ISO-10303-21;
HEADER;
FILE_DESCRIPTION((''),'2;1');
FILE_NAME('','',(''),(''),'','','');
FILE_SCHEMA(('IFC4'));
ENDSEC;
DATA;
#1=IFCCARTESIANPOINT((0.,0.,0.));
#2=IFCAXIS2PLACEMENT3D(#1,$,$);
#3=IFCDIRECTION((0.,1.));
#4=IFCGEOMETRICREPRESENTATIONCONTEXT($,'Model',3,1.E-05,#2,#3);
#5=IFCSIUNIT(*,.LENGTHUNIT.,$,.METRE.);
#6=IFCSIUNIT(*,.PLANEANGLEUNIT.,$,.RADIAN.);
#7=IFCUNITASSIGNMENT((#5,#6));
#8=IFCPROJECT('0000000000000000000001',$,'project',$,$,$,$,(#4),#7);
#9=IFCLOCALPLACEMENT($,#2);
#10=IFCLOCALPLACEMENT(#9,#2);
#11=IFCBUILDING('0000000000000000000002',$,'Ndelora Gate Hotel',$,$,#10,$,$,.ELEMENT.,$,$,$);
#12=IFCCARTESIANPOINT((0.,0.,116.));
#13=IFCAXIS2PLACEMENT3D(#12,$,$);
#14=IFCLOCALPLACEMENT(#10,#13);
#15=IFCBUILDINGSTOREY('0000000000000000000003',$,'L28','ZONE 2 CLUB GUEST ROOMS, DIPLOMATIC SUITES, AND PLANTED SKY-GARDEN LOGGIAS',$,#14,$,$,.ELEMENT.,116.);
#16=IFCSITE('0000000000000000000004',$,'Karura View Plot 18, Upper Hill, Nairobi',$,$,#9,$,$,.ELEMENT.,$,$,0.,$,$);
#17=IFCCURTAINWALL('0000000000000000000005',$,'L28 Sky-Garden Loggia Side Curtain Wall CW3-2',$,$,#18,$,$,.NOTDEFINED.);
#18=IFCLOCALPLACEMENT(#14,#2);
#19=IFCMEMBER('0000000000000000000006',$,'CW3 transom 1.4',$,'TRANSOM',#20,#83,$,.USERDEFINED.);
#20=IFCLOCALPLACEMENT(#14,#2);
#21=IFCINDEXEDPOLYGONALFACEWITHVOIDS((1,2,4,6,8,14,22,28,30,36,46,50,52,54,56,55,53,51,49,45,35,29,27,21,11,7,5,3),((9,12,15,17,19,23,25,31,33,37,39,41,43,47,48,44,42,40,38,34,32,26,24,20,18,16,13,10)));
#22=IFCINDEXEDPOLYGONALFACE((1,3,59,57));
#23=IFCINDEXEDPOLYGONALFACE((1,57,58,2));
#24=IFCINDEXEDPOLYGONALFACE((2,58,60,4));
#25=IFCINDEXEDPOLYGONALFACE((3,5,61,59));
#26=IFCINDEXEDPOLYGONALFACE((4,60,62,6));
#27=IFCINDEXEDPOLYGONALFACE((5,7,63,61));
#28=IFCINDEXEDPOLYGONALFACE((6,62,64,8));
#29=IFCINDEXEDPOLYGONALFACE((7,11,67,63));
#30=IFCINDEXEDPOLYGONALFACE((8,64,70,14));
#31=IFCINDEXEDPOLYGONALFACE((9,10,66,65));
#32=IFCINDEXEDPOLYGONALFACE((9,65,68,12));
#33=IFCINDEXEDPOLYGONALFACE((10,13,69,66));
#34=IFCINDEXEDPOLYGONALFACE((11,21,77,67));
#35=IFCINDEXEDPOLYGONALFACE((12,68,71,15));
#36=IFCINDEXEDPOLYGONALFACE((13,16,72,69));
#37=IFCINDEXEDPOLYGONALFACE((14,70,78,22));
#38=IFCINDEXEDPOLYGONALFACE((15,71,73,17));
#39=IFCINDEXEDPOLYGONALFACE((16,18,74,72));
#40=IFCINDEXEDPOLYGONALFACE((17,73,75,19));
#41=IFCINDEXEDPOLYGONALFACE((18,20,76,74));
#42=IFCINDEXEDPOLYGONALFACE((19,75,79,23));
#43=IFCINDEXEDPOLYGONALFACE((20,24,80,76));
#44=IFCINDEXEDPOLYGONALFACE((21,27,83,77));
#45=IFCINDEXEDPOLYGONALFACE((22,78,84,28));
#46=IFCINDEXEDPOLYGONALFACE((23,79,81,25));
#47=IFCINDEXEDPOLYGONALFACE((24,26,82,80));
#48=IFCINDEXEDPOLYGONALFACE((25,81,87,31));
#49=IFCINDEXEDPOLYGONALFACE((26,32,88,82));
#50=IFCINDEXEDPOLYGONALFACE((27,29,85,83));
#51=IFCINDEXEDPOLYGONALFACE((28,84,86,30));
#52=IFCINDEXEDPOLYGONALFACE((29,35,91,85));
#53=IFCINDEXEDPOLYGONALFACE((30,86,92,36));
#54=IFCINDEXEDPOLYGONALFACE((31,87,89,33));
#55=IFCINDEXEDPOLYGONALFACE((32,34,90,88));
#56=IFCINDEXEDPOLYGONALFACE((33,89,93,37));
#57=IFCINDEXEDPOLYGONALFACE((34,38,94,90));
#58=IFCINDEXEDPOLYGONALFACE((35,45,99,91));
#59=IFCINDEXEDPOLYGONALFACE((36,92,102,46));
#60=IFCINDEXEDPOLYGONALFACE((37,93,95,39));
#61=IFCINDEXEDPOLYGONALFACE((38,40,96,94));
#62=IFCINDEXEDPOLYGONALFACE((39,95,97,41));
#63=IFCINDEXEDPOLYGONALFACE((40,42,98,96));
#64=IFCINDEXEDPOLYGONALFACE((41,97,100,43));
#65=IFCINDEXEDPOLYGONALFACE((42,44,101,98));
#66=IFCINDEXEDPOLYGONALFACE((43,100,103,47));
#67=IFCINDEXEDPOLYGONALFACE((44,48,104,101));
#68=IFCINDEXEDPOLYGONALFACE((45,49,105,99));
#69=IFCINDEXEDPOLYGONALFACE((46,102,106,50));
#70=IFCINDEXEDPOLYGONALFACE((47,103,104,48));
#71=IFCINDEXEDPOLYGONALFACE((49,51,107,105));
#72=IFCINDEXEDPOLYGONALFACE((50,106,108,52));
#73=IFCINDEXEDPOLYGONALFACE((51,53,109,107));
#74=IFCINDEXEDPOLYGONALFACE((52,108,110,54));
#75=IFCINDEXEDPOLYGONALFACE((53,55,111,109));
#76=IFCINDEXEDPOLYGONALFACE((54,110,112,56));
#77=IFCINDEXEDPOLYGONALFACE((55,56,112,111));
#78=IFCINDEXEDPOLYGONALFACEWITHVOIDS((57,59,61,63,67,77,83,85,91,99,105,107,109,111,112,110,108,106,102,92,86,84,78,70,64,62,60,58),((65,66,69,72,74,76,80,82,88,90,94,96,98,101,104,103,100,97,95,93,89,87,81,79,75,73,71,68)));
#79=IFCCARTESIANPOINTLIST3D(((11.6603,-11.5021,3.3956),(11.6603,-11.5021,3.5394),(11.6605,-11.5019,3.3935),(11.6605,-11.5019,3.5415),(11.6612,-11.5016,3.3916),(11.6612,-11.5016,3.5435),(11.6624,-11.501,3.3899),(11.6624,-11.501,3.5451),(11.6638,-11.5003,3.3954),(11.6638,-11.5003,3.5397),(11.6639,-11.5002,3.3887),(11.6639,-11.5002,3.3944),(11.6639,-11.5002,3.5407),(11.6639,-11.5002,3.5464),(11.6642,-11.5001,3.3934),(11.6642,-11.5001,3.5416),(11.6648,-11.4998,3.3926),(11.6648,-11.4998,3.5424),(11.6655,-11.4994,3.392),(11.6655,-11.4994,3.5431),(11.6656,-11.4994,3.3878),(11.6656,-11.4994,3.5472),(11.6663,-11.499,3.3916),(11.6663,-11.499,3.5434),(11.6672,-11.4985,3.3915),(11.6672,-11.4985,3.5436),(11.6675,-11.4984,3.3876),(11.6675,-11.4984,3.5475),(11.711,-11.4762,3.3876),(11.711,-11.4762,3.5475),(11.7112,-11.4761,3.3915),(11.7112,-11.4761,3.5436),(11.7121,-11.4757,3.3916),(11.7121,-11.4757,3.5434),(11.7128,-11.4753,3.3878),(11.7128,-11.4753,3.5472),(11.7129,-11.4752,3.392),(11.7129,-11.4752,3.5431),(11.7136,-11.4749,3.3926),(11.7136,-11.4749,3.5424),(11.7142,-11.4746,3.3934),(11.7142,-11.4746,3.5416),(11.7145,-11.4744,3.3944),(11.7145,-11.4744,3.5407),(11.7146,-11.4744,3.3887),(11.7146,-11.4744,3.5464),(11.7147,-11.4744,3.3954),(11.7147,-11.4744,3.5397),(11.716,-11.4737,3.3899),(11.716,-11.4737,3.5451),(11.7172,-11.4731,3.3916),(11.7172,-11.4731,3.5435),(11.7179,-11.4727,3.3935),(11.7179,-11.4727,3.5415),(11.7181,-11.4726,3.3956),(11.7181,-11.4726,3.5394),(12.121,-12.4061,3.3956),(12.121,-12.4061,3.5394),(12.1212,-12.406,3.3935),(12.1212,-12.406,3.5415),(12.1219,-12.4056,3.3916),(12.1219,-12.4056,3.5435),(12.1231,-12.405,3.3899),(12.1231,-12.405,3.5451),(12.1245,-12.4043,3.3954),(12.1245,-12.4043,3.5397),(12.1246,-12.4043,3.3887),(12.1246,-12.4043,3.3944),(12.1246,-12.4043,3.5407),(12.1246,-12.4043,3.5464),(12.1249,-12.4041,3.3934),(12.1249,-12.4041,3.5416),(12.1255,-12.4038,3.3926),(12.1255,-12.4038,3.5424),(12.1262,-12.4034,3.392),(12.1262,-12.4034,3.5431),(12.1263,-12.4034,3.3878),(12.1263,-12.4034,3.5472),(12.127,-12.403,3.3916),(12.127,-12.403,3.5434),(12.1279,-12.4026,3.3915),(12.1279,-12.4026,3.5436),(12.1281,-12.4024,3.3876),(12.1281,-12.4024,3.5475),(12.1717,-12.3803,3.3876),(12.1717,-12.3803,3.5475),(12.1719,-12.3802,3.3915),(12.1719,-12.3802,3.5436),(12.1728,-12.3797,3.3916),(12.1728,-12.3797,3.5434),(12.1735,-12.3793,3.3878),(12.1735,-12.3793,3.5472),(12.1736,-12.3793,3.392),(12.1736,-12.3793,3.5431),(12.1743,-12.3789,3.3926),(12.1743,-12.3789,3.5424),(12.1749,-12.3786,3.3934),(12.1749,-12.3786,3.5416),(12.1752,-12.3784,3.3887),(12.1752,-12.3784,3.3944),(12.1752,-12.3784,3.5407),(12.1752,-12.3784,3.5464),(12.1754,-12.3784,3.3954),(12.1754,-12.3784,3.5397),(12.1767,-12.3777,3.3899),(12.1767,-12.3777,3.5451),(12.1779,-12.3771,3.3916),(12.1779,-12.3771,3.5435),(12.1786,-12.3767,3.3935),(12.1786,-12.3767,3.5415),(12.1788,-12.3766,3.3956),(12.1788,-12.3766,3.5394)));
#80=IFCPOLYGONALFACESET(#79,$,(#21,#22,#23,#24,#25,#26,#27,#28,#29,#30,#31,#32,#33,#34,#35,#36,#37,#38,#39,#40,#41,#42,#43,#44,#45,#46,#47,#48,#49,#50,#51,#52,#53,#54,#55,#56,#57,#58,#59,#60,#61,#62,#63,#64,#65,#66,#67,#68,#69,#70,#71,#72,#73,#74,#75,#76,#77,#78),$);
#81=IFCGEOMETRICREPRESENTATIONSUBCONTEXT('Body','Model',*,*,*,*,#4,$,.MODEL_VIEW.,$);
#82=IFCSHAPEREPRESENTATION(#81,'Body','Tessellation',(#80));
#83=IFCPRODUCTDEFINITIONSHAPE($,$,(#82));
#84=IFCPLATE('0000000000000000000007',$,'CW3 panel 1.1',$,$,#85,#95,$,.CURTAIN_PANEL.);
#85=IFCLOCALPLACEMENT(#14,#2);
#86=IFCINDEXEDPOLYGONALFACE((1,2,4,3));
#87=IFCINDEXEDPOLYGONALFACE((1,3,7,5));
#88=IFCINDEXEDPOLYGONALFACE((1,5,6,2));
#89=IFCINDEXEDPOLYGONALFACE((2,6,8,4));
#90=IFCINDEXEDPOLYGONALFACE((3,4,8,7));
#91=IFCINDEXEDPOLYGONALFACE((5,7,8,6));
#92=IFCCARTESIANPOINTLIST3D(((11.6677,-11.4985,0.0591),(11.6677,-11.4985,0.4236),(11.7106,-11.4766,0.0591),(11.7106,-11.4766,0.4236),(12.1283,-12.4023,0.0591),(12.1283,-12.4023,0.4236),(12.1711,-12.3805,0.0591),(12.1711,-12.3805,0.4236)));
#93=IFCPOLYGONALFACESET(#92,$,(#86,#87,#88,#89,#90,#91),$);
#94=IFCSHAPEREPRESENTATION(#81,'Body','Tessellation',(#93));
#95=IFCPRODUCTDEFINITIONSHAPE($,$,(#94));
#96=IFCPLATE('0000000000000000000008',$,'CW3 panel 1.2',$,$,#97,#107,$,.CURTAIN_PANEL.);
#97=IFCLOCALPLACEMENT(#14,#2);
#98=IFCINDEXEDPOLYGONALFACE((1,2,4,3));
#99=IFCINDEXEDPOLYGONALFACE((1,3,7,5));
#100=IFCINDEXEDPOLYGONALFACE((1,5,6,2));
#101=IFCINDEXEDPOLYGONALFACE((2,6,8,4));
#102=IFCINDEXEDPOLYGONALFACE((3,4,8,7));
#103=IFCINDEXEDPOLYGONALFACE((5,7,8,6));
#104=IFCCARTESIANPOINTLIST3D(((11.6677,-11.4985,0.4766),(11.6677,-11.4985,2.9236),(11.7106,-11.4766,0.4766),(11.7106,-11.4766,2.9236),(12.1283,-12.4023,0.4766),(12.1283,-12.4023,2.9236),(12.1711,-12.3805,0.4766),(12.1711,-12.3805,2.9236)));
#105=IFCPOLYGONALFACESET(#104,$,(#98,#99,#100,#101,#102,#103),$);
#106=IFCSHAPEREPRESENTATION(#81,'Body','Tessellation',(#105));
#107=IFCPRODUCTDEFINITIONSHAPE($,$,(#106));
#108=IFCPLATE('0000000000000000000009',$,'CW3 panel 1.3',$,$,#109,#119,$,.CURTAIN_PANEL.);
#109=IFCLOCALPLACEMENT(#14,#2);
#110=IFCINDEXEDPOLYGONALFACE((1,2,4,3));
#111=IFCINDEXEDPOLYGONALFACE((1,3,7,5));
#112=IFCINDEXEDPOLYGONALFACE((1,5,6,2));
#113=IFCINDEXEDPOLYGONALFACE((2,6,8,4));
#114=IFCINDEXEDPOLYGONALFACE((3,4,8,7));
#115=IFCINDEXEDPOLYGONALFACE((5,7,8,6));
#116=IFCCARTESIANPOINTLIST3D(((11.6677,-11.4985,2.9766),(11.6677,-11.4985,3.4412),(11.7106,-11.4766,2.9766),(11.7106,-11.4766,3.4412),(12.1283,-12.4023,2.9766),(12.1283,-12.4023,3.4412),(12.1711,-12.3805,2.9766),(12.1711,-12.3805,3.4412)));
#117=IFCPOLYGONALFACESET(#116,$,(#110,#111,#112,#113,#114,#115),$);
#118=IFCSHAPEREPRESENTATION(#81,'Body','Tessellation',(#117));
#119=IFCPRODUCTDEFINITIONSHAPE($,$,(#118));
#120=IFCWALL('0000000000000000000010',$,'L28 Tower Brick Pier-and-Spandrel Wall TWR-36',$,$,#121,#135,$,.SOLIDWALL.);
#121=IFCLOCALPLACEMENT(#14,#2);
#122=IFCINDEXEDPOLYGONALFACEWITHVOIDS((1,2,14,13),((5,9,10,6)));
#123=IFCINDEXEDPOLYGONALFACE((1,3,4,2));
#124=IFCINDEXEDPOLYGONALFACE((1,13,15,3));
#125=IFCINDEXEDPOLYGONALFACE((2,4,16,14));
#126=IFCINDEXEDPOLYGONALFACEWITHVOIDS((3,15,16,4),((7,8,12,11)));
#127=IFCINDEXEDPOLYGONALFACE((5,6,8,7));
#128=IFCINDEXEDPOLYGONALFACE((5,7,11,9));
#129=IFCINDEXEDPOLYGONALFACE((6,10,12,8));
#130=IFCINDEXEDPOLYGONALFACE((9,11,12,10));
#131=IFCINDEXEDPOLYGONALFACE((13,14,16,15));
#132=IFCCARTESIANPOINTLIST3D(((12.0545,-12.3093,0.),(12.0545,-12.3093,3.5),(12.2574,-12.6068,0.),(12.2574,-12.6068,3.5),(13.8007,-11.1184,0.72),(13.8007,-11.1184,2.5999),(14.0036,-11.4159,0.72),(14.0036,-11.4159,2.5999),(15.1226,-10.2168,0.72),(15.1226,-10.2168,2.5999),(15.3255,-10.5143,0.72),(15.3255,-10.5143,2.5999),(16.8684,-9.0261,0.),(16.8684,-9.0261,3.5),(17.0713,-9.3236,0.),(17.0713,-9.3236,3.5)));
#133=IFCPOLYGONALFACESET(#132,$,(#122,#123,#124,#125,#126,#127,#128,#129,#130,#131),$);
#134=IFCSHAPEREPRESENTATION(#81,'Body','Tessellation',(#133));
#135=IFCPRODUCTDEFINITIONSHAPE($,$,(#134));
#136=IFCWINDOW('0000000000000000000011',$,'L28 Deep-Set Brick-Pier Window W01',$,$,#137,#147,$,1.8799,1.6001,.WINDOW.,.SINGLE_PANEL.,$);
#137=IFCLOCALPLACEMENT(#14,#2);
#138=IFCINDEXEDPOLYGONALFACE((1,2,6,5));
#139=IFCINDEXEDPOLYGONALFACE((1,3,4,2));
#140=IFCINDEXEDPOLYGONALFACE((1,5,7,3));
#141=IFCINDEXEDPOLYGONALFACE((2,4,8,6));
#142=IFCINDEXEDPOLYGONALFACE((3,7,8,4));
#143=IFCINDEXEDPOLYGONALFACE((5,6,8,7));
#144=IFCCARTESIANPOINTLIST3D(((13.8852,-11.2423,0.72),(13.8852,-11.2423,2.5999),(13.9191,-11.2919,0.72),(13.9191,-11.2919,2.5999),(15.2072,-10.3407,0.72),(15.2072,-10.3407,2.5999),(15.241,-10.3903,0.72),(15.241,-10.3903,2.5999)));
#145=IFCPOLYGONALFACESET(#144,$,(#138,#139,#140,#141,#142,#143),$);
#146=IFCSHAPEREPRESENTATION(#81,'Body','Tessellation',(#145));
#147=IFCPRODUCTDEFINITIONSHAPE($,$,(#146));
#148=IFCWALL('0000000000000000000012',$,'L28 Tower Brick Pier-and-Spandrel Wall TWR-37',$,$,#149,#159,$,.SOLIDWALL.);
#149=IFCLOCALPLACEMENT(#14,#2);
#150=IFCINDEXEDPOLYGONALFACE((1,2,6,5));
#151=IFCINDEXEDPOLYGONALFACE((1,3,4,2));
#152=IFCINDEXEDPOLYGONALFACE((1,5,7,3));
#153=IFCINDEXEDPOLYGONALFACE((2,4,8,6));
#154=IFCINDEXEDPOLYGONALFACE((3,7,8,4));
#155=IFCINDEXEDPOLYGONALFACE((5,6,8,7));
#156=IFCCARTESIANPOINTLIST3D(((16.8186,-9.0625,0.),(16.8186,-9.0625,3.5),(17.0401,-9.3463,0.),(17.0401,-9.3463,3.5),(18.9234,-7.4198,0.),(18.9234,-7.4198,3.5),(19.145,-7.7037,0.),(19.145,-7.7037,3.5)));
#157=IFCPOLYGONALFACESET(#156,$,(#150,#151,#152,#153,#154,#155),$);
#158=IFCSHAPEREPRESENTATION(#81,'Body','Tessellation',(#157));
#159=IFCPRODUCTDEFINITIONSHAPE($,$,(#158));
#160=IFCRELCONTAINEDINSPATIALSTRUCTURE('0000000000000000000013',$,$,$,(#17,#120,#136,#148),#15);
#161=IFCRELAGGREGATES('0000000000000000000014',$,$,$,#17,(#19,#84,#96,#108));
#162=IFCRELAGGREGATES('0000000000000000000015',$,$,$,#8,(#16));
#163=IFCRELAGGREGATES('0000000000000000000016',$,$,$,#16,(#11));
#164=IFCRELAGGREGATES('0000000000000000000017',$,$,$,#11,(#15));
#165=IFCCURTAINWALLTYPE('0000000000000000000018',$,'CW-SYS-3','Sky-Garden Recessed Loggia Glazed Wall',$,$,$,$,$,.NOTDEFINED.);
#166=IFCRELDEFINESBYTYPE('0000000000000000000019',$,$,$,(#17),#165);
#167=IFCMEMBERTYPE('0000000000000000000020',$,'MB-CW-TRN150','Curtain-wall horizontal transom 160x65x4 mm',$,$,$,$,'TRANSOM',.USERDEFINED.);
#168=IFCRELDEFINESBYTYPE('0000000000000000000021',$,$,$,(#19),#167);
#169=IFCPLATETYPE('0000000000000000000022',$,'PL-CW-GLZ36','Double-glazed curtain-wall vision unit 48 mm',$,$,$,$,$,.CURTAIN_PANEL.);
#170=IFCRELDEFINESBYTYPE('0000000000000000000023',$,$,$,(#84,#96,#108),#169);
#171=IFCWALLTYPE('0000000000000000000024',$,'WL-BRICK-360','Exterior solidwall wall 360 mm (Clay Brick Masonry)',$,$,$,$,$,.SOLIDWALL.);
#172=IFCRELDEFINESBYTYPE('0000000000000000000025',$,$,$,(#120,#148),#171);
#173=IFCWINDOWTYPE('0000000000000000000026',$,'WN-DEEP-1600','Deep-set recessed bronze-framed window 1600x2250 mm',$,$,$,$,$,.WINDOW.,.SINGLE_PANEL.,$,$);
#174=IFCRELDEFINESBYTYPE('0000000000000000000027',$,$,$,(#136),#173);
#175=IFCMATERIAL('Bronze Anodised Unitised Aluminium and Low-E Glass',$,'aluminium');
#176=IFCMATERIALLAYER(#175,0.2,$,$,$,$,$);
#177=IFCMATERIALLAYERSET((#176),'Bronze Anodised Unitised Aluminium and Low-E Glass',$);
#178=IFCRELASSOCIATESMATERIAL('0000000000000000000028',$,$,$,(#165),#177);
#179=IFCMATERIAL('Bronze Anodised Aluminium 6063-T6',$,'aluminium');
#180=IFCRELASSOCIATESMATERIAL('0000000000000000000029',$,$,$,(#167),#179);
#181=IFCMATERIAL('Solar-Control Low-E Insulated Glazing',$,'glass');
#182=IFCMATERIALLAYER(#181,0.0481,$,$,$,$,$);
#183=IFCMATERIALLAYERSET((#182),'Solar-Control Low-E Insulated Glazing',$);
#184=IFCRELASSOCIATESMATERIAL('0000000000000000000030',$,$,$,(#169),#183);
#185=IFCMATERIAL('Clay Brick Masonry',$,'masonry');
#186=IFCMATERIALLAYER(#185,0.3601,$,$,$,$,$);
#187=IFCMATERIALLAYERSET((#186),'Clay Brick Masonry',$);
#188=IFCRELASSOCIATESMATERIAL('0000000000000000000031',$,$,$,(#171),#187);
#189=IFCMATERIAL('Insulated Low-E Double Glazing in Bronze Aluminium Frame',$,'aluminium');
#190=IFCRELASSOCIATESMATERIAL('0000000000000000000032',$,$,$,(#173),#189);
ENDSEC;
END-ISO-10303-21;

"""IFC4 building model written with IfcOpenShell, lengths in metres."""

from ifc_helpers import new_model, si_unit, direction, frame, frame_2d, origin, origin_2d, place, context, subcontext, project, spatial, rectangle, hollow_rectangle, extrude, material, layer, layer_set, material_profile, profile_set, type_object, element, fill, aggregate, save


model = new_model("IFC4")

# Units and contexts
model_context = context("Model", 3, precision=1e-05, world=origin(), true_north=direction((0.0, 1.0)))
body_context = subcontext(model_context, "Body", "Model", "MODEL_VIEW")
ifc_project = project(units=[si_unit("LENGTHUNIT", "METRE"), si_unit("PLANEANGLEUNIT", "RADIAN")], contexts=[model_context])

# Site, building, storey
site_placement = place(None, origin())
site = spatial("IfcSite", under=ifc_project, at=site_placement, Name="Karura View Plot 18, Upper Hill, Nairobi", CompositionType="ELEMENT", RefElevation=0.0)
building_placement = place(site_placement, origin())
building = spatial("IfcBuilding", under=site, at=building_placement, Name="Ndelora Gate Hotel", CompositionType="ELEMENT")
storey_placement = place(building_placement, frame((0.0, 0.0, 116.0)))
storey = spatial("IfcBuildingStorey", under=building, at=storey_placement, Name="L28", Description="ZONE 2 CLUB GUEST ROOMS, DIPLOMATIC SUITES, AND PLANTED SKY-GARDEN LOGGIAS", CompositionType="ELEMENT", Elevation=116.0)

# Curtain wall, member, plates
ifc_material_1 = material(Name="Bronze Anodised Unitised Aluminium and Low-E Glass", Category="aluminium")
ifc_layer_1 = layer(ifc_material_1, 0.2)
ifc_layer_set_1 = layer_set([ifc_layer_1], Name="Bronze Anodised Unitised Aluminium and Low-E Glass")
curtain_wall_type = type_object("IfcCurtainWallType", Name="CW-SYS-3", Description="Sky-Garden Recessed Loggia Glazed Wall", PredefinedType="NOTDEFINED", material=ifc_layer_set_1)
curtain_wall_placement = place(storey_placement, origin())
curtain_wall = element("IfcCurtainWall", 1, at=curtain_wall_placement, inside=storey, type_object=curtain_wall_type, Name="L28 Sky-Garden Loggia Side Curtain Wall CW3-2", PredefinedType="NOTDEFINED")
ifc_material_2 = material(Name="Bronze Anodised Aluminium 6063-T6", Category="aluminium")
ifc_material_profile_1 = material_profile(ifc_material_2, hollow_rectangle(XDim=0.0649, YDim=0.1599, WallThickness=0.0039, InnerFilletRadius=0.0039, OuterFilletRadius=0.0081, at=origin_2d()), Name="ALU 160x65x4")
ifc_profile_set_1 = profile_set([ifc_material_profile_1], Name="Bronze Anodised Aluminium 6063-T6")
member_type_1 = type_object("IfcMemberType", Name="MB-CW-TRN150", Description="Curtain-wall horizontal transom 160x65x4 mm", ElementType="TRANSOM", PredefinedType="USERDEFINED", material=ifc_profile_set_1)
member_1_placement = place(storey_placement, frame((12.1499, -12.3914, 3.4675), z_axis=(-0.454034, 0.890984, 0.0), x_axis=(-0.890984, -0.454034, 0.0)))
member_1 = element("IfcMember", 2, at=member_1_placement, type_object=member_type_1, Name="CW3 transom 1.4", ObjectType="TRANSOM", PredefinedType="USERDEFINED", context=body_context, shape_type="SweptSolid", body=[
    extrude(hollow_rectangle(XDim=0.0649, YDim=0.1599, WallThickness=0.0039, InnerFilletRadius=0.0039, OuterFilletRadius=0.0081, at=origin_2d()), origin(), (0.0, 0.0, 1.0), 1.0146),
])
ifc_material_3 = material(Name="Solar-Control Low-E Insulated Glazing", Category="glass")
ifc_layer_2 = layer(ifc_material_3, 0.0481)
ifc_layer_set_2 = layer_set([ifc_layer_2], Name="Solar-Control Low-E Insulated Glazing")
plate_type = type_object("IfcPlateType", Name="PL-CW-GLZ36", Description="Double-glazed curtain-wall vision unit 48 mm", PredefinedType="CURTAIN_PANEL", material=ifc_layer_set_2)
plate_1_placement = place(storey_placement, frame((11.9194, -11.9395, 0.0591), z_axis=(0.0, 0.0, 1.0), x_axis=(-0.454001, 0.891001, 0.0)))
plate_1 = element("IfcPlate", 3, at=plate_1_placement, type_object=plate_type, Name="CW3 panel 1.1", PredefinedType="CURTAIN_PANEL", context=body_context, shape_type="SweptSolid", body=[
    extrude(rectangle(XDim=1.0144, YDim=0.0481, at=origin_2d()), origin(), (0.0, 0.0, 1.0), 0.3645),
])
plate_2_placement = place(storey_placement, frame((11.9194, -11.9395, 0.4766), z_axis=(0.0, 0.0, 1.0), x_axis=(-0.454001, 0.891001, 0.0)))
plate_2 = element("IfcPlate", 4, at=plate_2_placement, type_object=plate_type, Name="CW3 panel 1.2", PredefinedType="CURTAIN_PANEL", context=body_context, shape_type="SweptSolid", body=[
    extrude(rectangle(XDim=1.0144, YDim=0.0481, at=origin_2d()), origin(), (0.0, 0.0, 1.0), 2.447),
])
plate_3_placement = place(storey_placement, frame((11.9194, -11.9395, 2.9766), z_axis=(0.0, 0.0, 1.0), x_axis=(-0.454001, 0.891001, 0.0)))
plate_3 = element("IfcPlate", 5, at=plate_3_placement, type_object=plate_type, Name="CW3 panel 1.3", PredefinedType="CURTAIN_PANEL", context=body_context, shape_type="SweptSolid", body=[
    extrude(rectangle(XDim=1.0144, YDim=0.0481, at=origin_2d()), origin(), (0.0, 0.0, 1.0), 0.4646),
])
aggregate(curtain_wall, [member_1, plate_1, plate_2, plate_3])

# Wall, opening, window
ifc_material_4 = material(Name="Clay Brick Masonry", Category="masonry")
ifc_layer_3 = layer(ifc_material_4, 0.3601)
ifc_layer_set_3 = layer_set([ifc_layer_3], Name="Clay Brick Masonry")
wall_type = type_object("IfcWallType", Name="WL-BRICK-360", Description="Exterior solidwall wall 360 mm (Clay Brick Masonry)", PredefinedType="SOLIDWALL", material=ifc_layer_set_3)
wall_1_placement = place(storey_placement, frame((16.97, -9.1748, 0.0), z_axis=(0.0, 0.0, 1.0), x_axis=(-0.826151, -0.563449, 0.0)))
wall_1 = element("IfcWall", 6, at=wall_1_placement, inside=storey, type_object=wall_type, Name="L28 Tower Brick Pier-and-Spandrel Wall TWR-36", PredefinedType="SOLIDWALL", context=body_context, shape_type="SweptSolid", body=[
    extrude(rectangle(XDim=5.8269, YDim=0.3601, at=frame_2d((2.9136, 0.0))), origin(), (0.0, 0.0, 1.0), 3.5),
])
opening_1_placement = place(wall_1_placement, frame((2.1133, 0.0, 0.72)))
opening_1 = element("IfcOpeningElement", 7, at=opening_1_placement, cuts=wall_1, PredefinedType="OPENING", context=body_context, shape_type="SweptSolid", body=[
    extrude(rectangle(XDim=1.6001, YDim=1.8799, at=frame_2d((0.8, 0.9399))), frame((0.0, 0.1899, 0.0), z_axis=(0.0, -1.0, 0.0), x_axis=(1.0, 0.0, 0.0)), (0.0, 0.0, 1.0), 0.3801),
])
ifc_material_5 = material(Name="Insulated Low-E Double Glazing in Bronze Aluminium Frame", Category="aluminium")
window_type_1 = type_object("IfcWindowType", Name="WN-DEEP-1600", Description="Deep-set recessed bronze-framed window 1600x2250 mm", PartitioningType="SINGLE_PANEL", PredefinedType="WINDOW", material=ifc_material_5)
window_1_placement = place(opening_1_placement, origin())
window_1 = element("IfcWindow", 8, at=window_1_placement, inside=storey, type_object=window_type_1, Name="L28 Deep-Set Brick-Pier Window W01", OverallHeight=1.8799, OverallWidth=1.6001, PartitioningType="SINGLE_PANEL", PredefinedType="WINDOW", context=body_context, shape_type="SweptSolid", body=[
    extrude(rectangle(XDim=1.6001, YDim=1.8799, at=frame_2d((0.8, 0.9399))), frame((0.0, 0.03, 0.0), z_axis=(0.0, -1.0, 0.0), x_axis=(1.0, 0.0, 0.0)), (0.0, 0.0, 1.0), 0.0601),
])
fill(opening_1, window_1)

# Wall
wall_2_placement = place(storey_placement, frame((19.0342, -7.5618, 0.0), z_axis=(0.0, 0.0, 1.0), x_axis=(-0.788342, -0.615238, 0.0)))
element("IfcWall", 9, at=wall_2_placement, inside=storey, type_object=wall_type, Name="L28 Tower Brick Pier-and-Spandrel Wall TWR-37", PredefinedType="SOLIDWALL", context=body_context, shape_type="SweptSolid", body=[
    extrude(rectangle(XDim=2.6699, YDim=0.3601, at=frame_2d((1.335, 0.0))), origin(), (0.0, 0.0, 1.0), 3.5),
])

save(model, "model.ifc")
